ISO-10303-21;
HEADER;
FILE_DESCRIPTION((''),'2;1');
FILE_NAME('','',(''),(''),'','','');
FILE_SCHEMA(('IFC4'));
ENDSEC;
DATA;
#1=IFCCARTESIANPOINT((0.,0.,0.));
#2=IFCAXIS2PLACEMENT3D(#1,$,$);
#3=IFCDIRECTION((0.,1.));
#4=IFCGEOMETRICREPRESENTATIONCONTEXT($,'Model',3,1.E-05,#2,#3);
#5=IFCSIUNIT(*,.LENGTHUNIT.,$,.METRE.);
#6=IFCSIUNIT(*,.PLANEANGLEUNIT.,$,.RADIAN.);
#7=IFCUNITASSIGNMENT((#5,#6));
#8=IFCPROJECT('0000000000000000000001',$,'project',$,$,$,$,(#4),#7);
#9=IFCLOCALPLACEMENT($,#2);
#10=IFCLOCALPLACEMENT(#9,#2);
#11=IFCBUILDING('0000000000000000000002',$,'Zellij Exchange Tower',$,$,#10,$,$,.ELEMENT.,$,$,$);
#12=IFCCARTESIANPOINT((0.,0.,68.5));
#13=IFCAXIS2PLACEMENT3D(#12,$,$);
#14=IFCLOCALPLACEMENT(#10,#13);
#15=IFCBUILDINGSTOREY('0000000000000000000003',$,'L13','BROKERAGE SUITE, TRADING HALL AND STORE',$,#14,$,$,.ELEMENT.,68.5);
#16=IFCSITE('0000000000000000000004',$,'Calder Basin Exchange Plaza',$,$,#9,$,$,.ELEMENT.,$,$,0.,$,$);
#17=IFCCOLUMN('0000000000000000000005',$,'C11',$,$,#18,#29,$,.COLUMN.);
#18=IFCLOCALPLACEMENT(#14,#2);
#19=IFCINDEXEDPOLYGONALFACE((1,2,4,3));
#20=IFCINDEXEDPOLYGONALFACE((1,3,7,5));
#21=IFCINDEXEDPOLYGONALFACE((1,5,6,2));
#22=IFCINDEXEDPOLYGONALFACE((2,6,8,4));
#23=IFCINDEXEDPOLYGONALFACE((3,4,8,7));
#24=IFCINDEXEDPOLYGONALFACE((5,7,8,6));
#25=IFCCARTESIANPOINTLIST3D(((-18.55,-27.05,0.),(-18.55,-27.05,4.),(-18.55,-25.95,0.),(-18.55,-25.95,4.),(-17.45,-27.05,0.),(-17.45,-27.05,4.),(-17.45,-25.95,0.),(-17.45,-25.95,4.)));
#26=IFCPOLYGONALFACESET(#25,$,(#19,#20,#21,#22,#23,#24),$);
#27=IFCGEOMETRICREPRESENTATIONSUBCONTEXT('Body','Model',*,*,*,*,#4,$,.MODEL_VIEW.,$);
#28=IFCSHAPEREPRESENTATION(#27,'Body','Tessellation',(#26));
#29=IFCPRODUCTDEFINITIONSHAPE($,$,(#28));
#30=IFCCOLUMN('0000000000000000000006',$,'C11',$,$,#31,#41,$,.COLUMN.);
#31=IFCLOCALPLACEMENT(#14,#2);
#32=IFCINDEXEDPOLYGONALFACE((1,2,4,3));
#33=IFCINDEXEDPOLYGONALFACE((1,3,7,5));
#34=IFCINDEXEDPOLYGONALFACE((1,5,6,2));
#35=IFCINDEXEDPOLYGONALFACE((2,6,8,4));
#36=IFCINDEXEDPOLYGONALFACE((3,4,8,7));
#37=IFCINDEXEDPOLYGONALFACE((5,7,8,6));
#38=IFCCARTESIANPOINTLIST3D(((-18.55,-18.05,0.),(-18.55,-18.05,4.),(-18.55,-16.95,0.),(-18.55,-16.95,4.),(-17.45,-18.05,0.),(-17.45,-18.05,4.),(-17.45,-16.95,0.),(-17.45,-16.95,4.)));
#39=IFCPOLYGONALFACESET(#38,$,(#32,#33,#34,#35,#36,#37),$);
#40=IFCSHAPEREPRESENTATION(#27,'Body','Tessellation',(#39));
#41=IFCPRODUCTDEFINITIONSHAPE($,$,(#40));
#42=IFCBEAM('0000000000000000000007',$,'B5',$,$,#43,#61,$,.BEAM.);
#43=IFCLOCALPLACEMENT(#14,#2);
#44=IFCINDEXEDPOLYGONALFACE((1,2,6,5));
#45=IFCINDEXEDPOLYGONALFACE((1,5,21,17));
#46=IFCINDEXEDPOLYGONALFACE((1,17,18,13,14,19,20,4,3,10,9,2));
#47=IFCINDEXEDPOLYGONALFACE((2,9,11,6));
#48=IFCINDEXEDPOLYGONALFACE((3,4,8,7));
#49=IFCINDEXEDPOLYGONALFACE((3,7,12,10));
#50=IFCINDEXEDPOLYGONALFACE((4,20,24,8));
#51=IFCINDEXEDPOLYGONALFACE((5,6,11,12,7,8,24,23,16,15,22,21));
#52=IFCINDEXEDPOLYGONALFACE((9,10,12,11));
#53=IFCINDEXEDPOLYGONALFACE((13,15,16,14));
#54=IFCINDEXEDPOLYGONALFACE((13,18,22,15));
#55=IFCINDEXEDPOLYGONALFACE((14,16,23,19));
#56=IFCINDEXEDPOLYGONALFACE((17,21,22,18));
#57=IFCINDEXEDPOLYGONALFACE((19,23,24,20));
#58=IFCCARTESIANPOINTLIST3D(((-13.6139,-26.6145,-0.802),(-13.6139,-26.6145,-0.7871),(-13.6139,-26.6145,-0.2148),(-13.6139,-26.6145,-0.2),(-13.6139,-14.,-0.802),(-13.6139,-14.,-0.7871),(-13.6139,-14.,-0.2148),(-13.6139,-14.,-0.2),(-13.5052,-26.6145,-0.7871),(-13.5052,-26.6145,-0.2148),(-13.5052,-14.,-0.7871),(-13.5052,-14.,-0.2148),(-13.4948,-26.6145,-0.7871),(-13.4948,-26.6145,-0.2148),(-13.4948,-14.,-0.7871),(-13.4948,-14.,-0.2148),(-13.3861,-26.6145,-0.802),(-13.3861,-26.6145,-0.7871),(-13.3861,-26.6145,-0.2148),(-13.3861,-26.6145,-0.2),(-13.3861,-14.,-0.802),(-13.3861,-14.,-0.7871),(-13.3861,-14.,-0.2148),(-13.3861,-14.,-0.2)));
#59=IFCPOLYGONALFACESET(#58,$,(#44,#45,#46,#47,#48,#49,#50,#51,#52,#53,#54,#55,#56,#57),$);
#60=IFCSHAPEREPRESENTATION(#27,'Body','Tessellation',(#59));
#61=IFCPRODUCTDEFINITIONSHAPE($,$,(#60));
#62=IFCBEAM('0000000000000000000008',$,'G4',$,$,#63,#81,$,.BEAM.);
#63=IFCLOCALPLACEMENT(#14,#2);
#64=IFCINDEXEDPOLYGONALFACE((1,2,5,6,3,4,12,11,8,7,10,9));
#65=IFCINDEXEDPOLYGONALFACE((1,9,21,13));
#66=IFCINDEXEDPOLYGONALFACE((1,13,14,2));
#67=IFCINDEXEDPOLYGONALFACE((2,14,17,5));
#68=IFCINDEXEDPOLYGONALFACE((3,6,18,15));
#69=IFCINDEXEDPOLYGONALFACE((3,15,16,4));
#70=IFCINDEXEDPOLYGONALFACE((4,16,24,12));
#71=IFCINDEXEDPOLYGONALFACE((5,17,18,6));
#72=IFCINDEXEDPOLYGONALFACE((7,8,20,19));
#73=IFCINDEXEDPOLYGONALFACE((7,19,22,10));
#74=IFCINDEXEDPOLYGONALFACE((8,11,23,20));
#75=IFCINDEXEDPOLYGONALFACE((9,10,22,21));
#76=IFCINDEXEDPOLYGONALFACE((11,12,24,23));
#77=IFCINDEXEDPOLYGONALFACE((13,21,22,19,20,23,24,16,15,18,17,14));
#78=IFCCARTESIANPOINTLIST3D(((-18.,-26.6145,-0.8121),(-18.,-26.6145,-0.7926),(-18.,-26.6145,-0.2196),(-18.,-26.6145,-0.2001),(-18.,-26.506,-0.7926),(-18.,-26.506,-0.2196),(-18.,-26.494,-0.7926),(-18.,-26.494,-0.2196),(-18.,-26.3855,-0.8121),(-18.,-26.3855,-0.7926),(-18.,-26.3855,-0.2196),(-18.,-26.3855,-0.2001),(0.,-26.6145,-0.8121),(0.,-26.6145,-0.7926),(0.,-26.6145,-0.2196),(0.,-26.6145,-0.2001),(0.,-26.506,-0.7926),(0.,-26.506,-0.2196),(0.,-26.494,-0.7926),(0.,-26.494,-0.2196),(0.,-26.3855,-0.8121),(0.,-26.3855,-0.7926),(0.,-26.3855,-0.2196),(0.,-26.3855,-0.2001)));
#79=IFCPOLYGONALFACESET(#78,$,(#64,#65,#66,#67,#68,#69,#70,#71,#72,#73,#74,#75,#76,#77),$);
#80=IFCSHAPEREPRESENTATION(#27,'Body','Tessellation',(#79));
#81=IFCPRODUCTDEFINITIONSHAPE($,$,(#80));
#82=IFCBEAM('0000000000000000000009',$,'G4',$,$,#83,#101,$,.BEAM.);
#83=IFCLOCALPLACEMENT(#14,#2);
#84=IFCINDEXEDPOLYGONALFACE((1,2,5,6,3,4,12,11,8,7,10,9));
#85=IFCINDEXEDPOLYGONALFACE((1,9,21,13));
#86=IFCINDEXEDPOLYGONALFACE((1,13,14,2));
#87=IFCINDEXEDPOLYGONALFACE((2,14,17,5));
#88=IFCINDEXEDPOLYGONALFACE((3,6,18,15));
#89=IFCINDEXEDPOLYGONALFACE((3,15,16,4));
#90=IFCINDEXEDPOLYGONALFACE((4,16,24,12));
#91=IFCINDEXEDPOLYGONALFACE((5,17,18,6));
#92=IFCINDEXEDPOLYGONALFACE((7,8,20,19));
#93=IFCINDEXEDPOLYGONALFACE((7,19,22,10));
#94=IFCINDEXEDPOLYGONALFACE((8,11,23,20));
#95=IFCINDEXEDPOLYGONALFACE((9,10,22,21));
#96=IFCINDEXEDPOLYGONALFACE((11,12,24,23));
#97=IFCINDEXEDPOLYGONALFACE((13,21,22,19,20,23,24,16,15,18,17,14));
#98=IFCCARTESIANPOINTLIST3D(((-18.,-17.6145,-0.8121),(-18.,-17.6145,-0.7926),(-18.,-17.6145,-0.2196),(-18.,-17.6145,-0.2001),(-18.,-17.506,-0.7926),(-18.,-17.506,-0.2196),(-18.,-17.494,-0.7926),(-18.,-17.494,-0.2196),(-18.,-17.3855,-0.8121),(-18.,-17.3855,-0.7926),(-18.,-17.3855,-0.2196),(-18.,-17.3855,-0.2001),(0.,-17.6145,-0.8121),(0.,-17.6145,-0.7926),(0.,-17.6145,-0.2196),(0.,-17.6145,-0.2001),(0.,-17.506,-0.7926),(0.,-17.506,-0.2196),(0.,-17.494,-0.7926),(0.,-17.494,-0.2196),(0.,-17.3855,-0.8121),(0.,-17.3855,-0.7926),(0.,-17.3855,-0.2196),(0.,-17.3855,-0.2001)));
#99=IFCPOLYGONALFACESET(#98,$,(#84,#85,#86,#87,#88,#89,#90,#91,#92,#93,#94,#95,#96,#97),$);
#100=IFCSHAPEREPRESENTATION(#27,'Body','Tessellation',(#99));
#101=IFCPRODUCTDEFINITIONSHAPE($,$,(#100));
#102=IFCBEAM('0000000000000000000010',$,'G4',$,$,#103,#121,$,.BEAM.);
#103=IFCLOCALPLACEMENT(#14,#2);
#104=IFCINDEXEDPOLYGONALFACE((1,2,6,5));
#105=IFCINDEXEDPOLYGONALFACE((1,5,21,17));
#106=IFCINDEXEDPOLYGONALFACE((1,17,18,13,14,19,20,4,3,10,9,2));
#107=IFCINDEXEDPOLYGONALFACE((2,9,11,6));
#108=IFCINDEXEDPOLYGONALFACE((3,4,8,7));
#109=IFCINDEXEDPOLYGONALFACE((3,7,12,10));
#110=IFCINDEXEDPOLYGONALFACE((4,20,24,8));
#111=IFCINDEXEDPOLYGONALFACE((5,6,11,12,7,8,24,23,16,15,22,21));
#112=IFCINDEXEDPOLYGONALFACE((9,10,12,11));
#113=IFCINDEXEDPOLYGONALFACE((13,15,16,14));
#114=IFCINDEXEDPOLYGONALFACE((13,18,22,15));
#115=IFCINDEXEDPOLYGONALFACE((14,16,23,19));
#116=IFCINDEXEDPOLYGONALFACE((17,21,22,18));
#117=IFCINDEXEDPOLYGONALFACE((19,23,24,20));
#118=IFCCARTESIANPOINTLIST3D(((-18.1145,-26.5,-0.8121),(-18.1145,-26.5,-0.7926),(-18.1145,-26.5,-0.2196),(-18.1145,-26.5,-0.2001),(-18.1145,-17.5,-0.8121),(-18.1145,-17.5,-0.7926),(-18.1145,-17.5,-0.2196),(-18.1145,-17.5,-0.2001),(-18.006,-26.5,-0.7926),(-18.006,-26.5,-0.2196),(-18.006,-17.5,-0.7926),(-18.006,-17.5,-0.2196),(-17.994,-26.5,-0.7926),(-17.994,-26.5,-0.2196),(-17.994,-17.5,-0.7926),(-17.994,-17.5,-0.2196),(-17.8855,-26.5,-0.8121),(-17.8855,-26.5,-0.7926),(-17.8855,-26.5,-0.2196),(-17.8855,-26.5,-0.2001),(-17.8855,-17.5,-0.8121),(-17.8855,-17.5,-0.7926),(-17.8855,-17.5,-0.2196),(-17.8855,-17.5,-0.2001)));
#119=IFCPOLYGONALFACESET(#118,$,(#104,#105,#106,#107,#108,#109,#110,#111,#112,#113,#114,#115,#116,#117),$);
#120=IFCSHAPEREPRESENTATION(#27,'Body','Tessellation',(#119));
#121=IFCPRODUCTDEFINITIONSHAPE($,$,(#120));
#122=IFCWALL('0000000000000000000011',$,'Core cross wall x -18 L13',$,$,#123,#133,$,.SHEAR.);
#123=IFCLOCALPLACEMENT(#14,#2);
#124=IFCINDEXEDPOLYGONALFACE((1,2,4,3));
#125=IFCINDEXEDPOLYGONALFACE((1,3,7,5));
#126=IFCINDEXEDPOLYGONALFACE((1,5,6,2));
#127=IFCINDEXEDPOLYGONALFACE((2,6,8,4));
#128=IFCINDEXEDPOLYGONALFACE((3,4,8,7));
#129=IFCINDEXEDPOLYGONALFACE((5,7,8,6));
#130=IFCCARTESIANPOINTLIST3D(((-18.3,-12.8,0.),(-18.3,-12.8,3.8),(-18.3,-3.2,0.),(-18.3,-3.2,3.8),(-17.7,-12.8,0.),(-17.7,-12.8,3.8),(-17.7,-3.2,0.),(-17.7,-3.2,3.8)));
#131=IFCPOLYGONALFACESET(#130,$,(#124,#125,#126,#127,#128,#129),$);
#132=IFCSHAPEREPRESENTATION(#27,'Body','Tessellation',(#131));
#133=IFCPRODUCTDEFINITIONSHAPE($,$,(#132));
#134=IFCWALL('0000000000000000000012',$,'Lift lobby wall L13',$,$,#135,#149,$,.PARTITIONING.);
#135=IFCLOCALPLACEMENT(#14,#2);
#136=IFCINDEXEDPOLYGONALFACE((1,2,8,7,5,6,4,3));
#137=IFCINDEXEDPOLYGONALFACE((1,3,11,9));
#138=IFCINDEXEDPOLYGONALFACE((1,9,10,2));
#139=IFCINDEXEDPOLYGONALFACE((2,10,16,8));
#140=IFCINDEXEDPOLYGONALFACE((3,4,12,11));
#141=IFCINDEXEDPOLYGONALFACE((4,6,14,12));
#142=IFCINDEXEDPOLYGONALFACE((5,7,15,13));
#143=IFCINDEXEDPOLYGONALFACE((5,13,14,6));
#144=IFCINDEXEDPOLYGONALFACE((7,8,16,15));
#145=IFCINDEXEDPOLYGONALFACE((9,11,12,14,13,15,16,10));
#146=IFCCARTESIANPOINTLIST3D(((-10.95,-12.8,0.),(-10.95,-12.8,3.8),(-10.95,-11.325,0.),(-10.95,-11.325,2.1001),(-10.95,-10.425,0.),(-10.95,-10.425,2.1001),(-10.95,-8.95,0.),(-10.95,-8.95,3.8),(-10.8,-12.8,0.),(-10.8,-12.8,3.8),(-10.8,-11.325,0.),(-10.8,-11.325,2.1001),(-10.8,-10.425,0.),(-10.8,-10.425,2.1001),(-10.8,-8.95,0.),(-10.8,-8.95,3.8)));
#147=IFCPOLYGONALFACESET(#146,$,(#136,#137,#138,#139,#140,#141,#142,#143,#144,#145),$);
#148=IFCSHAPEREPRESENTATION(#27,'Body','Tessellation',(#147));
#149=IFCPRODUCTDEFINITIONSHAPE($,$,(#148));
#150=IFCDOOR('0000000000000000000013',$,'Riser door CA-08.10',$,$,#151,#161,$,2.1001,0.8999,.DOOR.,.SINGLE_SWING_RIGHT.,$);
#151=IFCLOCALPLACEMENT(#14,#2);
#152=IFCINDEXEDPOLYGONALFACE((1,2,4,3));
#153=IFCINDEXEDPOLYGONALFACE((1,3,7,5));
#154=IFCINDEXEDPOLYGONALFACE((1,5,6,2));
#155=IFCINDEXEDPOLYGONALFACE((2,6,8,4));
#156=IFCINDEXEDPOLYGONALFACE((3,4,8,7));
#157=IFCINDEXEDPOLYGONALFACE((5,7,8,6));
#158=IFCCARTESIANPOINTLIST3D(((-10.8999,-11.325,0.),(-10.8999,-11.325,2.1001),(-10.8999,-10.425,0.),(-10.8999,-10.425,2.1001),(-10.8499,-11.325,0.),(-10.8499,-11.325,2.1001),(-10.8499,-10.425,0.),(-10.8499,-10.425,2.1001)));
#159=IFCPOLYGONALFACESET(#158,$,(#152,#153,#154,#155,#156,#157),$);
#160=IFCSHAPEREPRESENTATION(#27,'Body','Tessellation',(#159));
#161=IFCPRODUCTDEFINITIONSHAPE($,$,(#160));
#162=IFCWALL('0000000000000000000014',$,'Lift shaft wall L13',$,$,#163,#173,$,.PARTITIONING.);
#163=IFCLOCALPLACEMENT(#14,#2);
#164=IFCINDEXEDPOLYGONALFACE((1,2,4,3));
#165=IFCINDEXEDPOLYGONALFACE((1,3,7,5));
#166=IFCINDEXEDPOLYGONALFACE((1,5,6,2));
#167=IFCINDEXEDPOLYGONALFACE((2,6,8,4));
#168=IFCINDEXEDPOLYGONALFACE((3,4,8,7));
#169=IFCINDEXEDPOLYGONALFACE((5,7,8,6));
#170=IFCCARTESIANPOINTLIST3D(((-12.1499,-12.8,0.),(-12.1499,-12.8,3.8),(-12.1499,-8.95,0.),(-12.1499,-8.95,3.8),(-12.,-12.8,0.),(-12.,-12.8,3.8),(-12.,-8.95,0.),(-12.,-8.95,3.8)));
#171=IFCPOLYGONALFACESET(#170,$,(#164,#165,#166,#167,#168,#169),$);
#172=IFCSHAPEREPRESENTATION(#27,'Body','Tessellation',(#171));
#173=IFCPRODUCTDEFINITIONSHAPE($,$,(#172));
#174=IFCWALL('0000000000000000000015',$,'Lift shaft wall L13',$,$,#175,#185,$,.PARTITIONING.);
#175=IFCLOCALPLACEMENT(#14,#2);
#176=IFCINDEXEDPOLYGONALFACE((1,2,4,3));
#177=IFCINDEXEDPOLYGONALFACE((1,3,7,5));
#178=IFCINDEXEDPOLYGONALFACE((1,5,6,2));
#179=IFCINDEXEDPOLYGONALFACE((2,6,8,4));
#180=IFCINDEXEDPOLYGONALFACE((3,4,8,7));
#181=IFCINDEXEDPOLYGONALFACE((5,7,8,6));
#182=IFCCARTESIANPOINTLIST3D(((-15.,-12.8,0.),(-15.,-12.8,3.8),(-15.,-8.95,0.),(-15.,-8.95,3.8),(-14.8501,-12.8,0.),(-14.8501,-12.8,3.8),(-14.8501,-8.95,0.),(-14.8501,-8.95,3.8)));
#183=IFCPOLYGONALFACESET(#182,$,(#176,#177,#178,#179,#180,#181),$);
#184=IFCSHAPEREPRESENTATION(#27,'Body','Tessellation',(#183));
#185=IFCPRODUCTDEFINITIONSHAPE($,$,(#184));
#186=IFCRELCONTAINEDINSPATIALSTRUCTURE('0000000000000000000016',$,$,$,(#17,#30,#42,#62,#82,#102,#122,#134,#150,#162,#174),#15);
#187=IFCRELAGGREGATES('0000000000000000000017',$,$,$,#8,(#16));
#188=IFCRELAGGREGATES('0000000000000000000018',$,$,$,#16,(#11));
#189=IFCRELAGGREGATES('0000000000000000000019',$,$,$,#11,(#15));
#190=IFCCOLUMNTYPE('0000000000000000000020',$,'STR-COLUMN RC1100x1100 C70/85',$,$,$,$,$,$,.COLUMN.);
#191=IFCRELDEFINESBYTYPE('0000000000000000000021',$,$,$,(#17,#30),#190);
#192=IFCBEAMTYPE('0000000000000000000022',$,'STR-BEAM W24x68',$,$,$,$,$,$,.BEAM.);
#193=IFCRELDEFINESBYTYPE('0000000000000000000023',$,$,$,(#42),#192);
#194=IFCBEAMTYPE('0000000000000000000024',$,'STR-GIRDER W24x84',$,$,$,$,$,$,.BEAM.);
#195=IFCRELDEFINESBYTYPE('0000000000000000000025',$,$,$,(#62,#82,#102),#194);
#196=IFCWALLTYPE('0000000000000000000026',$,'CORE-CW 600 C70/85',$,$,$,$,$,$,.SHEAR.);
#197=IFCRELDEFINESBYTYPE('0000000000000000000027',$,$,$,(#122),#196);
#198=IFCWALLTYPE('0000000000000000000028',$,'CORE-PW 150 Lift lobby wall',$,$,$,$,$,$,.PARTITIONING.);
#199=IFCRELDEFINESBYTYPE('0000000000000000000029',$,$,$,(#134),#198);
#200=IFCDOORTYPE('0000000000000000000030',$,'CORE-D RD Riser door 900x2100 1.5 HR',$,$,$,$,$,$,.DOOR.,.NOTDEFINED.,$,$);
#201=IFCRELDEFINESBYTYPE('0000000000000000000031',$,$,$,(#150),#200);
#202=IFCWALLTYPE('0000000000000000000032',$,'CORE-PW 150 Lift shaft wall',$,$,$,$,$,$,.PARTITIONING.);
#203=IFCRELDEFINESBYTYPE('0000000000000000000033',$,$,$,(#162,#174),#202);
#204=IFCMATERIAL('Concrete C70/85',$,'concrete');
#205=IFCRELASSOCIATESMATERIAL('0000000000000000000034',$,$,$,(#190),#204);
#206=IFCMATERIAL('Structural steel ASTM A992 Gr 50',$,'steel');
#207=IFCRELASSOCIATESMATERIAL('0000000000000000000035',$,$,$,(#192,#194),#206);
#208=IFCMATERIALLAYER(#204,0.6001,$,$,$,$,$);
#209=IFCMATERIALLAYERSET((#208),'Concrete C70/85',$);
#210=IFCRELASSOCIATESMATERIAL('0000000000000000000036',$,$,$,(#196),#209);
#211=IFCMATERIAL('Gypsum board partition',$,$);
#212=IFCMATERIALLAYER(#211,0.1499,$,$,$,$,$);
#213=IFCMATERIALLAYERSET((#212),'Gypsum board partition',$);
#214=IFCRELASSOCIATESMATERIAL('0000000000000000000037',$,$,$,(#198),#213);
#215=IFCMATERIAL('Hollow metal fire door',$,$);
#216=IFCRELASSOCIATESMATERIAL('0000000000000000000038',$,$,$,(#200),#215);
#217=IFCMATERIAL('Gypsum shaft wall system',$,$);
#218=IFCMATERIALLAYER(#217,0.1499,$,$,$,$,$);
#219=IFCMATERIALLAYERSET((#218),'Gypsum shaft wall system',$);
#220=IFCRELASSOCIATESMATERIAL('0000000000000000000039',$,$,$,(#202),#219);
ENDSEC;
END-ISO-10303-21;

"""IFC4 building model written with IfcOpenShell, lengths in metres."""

from ifc_helpers import new_model, si_unit, direction, frame, frame_2d, origin, origin_2d, place, context, subcontext, project, spatial, rectangle, i_section, extrude, material, layer, layer_set, material_profile, profile_set, type_object, element, fill, save


model = new_model("IFC4")

# Units and contexts
model_context = context("Model", 3, precision=1e-05, world=origin(), true_north=direction((0.0, 1.0)))
body_context = subcontext(model_context, "Body", "Model", "MODEL_VIEW")
ifc_project = project(units=[si_unit("LENGTHUNIT", "METRE"), si_unit("PLANEANGLEUNIT", "RADIAN")], contexts=[model_context])

# Site, building, storey
site_placement = place(None, origin())
site = spatial("IfcSite", under=ifc_project, at=site_placement, Name="Calder Basin Exchange Plaza", CompositionType="ELEMENT", RefElevation=0.0)
building_placement = place(site_placement, origin())
building = spatial("IfcBuilding", under=site, at=building_placement, Name="Zellij Exchange Tower", CompositionType="ELEMENT")
storey_placement = place(building_placement, frame((0.0, 0.0, 68.5)))
storey = spatial("IfcBuildingStorey", under=building, at=storey_placement, Name="L13", Description="BROKERAGE SUITE, TRADING HALL AND STORE", CompositionType="ELEMENT", Elevation=68.5)

# Columns
ifc_material_1 = material(Name="Concrete C70/85", Category="concrete")
ifc_material_profile_1 = material_profile(ifc_material_1, rectangle(XDim=1.1001, YDim=1.1001, at=origin_2d()), Name="STR-COLUMN RC1100x1100 C70/85")
ifc_profile_set_1 = profile_set([ifc_material_profile_1], Name="Concrete C70/85")
column_type = type_object("IfcColumnType", Name="STR-COLUMN RC1100x1100 C70/85", PredefinedType="COLUMN", material=ifc_profile_set_1)
for number, where, z_axis, x_axis, name in (
    (1, (-18.0, -26.5, 0.0), (0.0, 0.0, 1.0), (1.0, 0.0, 0.0), "C11"),
    (2, (-18.0, -17.5, 0.0), (0.0, 0.0, 1.0), (1.0, 0.0, 0.0), "C11"),
):
    element("IfcColumn", number, at=place(storey_placement, frame(where, z_axis=z_axis, x_axis=x_axis)), inside=storey, type_object=column_type, Name=name, PredefinedType="COLUMN", context=body_context, shape_type="SweptSolid", body=[
        extrude(rectangle(XDim=1.1001, YDim=1.1001, at=origin_2d()), origin(), (0.0, 0.0, 1.0), 4.0),
    ])

# Beams
ifc_material_2 = material(Name="Structural steel ASTM A992 Gr 50", Category="steel")
ifc_material_profile_2 = material_profile(ifc_material_2, i_section(OverallWidth=0.2278, OverallDepth=0.6021, WebThickness=0.0105, FlangeThickness=0.0149, at=origin_2d()), Name="W24x68")
ifc_profile_set_2 = profile_set([ifc_material_profile_2], Name="Structural steel ASTM A992 Gr 50")
beam_type_1 = type_object("IfcBeamType", Name="STR-BEAM W24x68", PredefinedType="BEAM", material=ifc_profile_set_2)
beam_1_placement = place(storey_placement, frame((-13.5, -26.6145, -0.501), z_axis=(0.0, 1.0, 0.0), x_axis=(-1.0, 0.0, 0.0)))
element("IfcBeam", 3, at=beam_1_placement, inside=storey, type_object=beam_type_1, Name="B5", PredefinedType="BEAM", context=body_context, shape_type="SweptSolid", body=[
    extrude(i_section(OverallWidth=0.2278, OverallDepth=0.6021, WebThickness=0.0105, FlangeThickness=0.0149, at=origin_2d()), origin(), (0.0, 0.0, 1.0), 12.6145),
])
ifc_material_profile_3 = material_profile(ifc_material_2, i_section(OverallWidth=0.229, OverallDepth=0.6121, WebThickness=0.012, FlangeThickness=0.0195, at=origin_2d()), Name="W24x84")
ifc_profile_set_3 = profile_set([ifc_material_profile_3], Name="Structural steel ASTM A992 Gr 50")
beam_type_2 = type_object("IfcBeamType", Name="STR-GIRDER W24x84", PredefinedType="BEAM", material=ifc_profile_set_3)
for number, where, z_axis, x_axis, name in (
    (4, (-18.0, -26.5, -0.5061), (1.0, 0.0, 0.0), (0.0, 1.0, 0.0), "G4"),
    (5, (-18.0, -17.5, -0.5061), (1.0, 0.0, 0.0), (0.0, 1.0, 0.0), "G4"),
):
    element("IfcBeam", number, at=place(storey_placement, frame(where, z_axis=z_axis, x_axis=x_axis)), inside=storey, type_object=beam_type_2, Name=name, PredefinedType="BEAM", context=body_context, shape_type="SweptSolid", body=[
        extrude(i_section(OverallWidth=0.229, OverallDepth=0.6121, WebThickness=0.012, FlangeThickness=0.0195, at=origin_2d()), origin(), (0.0, 0.0, 1.0), 18.0),
    ])
beam_2_placement = place(storey_placement, frame((-18.0, -26.5, -0.5061), z_axis=(0.0, 1.0, 0.0), x_axis=(-1.0, 0.0, 0.0)))
element("IfcBeam", 6, at=beam_2_placement, inside=storey, type_object=beam_type_2, Name="G4", PredefinedType="BEAM", context=body_context, shape_type="SweptSolid", body=[
    extrude(i_section(OverallWidth=0.229, OverallDepth=0.6121, WebThickness=0.012, FlangeThickness=0.0195, at=origin_2d()), origin(), (0.0, 0.0, 1.0), 9.0),
])

# Wall
ifc_layer_1 = layer(ifc_material_1, 0.6001)
ifc_layer_set_1 = layer_set([ifc_layer_1], Name="Concrete C70/85")
wall_type_1 = type_object("IfcWallType", Name="CORE-CW 600 C70/85", PredefinedType="SHEAR", material=ifc_layer_set_1)
wall_1_placement = place(storey_placement, frame((-18.0, -12.8, 0.0), z_axis=(0.0, 0.0, 1.0), x_axis=(0.0, 1.0, 0.0)))
element("IfcWall", 7, at=wall_1_placement, inside=storey, type_object=wall_type_1, Name="Core cross wall x -18 L13", PredefinedType="SHEAR", context=body_context, shape_type="SweptSolid", body=[
    extrude(rectangle(XDim=9.6001, YDim=0.6001, at=frame_2d((4.8, 0.0))), origin(), (0.0, 0.0, 1.0), 3.8),
])

# Wall, opening, door
ifc_material_3 = material(Name="Gypsum board partition")
ifc_layer_2 = layer(ifc_material_3, 0.1499)
ifc_layer_set_2 = layer_set([ifc_layer_2], Name="Gypsum board partition")
wall_type_2 = type_object("IfcWallType", Name="CORE-PW 150 Lift lobby wall", PredefinedType="PARTITIONING", material=ifc_layer_set_2)
wall_2_placement = place(storey_placement, frame((-10.875, -12.8, 0.0), z_axis=(0.0, 0.0, 1.0), x_axis=(0.0, 1.0, 0.0)))
wall_2 = element("IfcWall", 8, at=wall_2_placement, inside=storey, type_object=wall_type_2, Name="Lift lobby wall L13", PredefinedType="PARTITIONING", context=body_context, shape_type="SweptSolid", body=[
    extrude(rectangle(XDim=3.8501, YDim=0.1499, at=frame_2d((1.925, 0.0))), origin(), (0.0, 0.0, 1.0), 3.8),
])
opening_1_placement = place(wall_2_placement, frame((1.4751, 0.0, 0.0)))
opening_1 = element("IfcOpeningElement", 9, at=opening_1_placement, cuts=wall_2, PredefinedType="OPENING", context=body_context, shape_type="SweptSolid", body=[
    extrude(rectangle(XDim=0.8999, YDim=2.1001, at=frame_2d((0.45, 1.05))), frame((0.0, 0.0869, 0.0), z_axis=(0.0, -1.0, 0.0), x_axis=(1.0, 0.0, 0.0)), (0.0, 0.0, 1.0), 0.1738),
])
ifc_material_4 = material(Name="Hollow metal fire door")
door_type_1 = type_object("IfcDoorType", Name="CORE-D RD Riser door 900x2100 1.5 HR", OperationType="NOTDEFINED", PredefinedType="DOOR", material=ifc_material_4)
door_1_placement = place(opening_1_placement, origin())
door_1 = element("IfcDoor", 10, at=door_1_placement, inside=storey, type_object=door_type_1, Name="Riser door CA-08.10", OperationType="SINGLE_SWING_RIGHT", OverallHeight=2.1001, OverallWidth=0.8999, PredefinedType="DOOR", context=body_context, shape_type="SweptSolid", body=[
    extrude(rectangle(XDim=0.8999, YDim=2.1001, at=frame_2d((0.45, 1.05))), frame((0.0, 0.0249, 0.0), z_axis=(0.0, -1.0, 0.0), x_axis=(1.0, 0.0, 0.0)), (0.0, 0.0, 1.0), 0.05),
])
fill(opening_1, door_1)

# Walls
ifc_material_5 = material(Name="Gypsum shaft wall system")
ifc_layer_3 = layer(ifc_material_5, 0.1499)
ifc_layer_set_3 = layer_set([ifc_layer_3], Name="Gypsum shaft wall system")
wall_type_3 = type_object("IfcWallType", Name="CORE-PW 150 Lift shaft wall", PredefinedType="PARTITIONING", material=ifc_layer_set_3)
for number, where, z_axis, x_axis, name in (
    (11, (-12.075, -12.8, 0.0), (0.0, 0.0, 1.0), (0.0, 1.0, 0.0), "Lift shaft wall L13"),
    (12, (-14.925, -12.8, 0.0), (0.0, 0.0, 1.0), (0.0, 1.0, 0.0), "Lift shaft wall L13"),
):
    element("IfcWall", number, at=place(storey_placement, frame(where, z_axis=z_axis, x_axis=x_axis)), inside=storey, type_object=wall_type_3, Name=name, PredefinedType="PARTITIONING", context=body_context, shape_type="SweptSolid", body=[
        extrude(rectangle(XDim=3.8501, YDim=0.1499, at=frame_2d((1.925, 0.0))), origin(), (0.0, 0.0, 1.0), 3.8),
    ])

save(model, "model.ifc")
